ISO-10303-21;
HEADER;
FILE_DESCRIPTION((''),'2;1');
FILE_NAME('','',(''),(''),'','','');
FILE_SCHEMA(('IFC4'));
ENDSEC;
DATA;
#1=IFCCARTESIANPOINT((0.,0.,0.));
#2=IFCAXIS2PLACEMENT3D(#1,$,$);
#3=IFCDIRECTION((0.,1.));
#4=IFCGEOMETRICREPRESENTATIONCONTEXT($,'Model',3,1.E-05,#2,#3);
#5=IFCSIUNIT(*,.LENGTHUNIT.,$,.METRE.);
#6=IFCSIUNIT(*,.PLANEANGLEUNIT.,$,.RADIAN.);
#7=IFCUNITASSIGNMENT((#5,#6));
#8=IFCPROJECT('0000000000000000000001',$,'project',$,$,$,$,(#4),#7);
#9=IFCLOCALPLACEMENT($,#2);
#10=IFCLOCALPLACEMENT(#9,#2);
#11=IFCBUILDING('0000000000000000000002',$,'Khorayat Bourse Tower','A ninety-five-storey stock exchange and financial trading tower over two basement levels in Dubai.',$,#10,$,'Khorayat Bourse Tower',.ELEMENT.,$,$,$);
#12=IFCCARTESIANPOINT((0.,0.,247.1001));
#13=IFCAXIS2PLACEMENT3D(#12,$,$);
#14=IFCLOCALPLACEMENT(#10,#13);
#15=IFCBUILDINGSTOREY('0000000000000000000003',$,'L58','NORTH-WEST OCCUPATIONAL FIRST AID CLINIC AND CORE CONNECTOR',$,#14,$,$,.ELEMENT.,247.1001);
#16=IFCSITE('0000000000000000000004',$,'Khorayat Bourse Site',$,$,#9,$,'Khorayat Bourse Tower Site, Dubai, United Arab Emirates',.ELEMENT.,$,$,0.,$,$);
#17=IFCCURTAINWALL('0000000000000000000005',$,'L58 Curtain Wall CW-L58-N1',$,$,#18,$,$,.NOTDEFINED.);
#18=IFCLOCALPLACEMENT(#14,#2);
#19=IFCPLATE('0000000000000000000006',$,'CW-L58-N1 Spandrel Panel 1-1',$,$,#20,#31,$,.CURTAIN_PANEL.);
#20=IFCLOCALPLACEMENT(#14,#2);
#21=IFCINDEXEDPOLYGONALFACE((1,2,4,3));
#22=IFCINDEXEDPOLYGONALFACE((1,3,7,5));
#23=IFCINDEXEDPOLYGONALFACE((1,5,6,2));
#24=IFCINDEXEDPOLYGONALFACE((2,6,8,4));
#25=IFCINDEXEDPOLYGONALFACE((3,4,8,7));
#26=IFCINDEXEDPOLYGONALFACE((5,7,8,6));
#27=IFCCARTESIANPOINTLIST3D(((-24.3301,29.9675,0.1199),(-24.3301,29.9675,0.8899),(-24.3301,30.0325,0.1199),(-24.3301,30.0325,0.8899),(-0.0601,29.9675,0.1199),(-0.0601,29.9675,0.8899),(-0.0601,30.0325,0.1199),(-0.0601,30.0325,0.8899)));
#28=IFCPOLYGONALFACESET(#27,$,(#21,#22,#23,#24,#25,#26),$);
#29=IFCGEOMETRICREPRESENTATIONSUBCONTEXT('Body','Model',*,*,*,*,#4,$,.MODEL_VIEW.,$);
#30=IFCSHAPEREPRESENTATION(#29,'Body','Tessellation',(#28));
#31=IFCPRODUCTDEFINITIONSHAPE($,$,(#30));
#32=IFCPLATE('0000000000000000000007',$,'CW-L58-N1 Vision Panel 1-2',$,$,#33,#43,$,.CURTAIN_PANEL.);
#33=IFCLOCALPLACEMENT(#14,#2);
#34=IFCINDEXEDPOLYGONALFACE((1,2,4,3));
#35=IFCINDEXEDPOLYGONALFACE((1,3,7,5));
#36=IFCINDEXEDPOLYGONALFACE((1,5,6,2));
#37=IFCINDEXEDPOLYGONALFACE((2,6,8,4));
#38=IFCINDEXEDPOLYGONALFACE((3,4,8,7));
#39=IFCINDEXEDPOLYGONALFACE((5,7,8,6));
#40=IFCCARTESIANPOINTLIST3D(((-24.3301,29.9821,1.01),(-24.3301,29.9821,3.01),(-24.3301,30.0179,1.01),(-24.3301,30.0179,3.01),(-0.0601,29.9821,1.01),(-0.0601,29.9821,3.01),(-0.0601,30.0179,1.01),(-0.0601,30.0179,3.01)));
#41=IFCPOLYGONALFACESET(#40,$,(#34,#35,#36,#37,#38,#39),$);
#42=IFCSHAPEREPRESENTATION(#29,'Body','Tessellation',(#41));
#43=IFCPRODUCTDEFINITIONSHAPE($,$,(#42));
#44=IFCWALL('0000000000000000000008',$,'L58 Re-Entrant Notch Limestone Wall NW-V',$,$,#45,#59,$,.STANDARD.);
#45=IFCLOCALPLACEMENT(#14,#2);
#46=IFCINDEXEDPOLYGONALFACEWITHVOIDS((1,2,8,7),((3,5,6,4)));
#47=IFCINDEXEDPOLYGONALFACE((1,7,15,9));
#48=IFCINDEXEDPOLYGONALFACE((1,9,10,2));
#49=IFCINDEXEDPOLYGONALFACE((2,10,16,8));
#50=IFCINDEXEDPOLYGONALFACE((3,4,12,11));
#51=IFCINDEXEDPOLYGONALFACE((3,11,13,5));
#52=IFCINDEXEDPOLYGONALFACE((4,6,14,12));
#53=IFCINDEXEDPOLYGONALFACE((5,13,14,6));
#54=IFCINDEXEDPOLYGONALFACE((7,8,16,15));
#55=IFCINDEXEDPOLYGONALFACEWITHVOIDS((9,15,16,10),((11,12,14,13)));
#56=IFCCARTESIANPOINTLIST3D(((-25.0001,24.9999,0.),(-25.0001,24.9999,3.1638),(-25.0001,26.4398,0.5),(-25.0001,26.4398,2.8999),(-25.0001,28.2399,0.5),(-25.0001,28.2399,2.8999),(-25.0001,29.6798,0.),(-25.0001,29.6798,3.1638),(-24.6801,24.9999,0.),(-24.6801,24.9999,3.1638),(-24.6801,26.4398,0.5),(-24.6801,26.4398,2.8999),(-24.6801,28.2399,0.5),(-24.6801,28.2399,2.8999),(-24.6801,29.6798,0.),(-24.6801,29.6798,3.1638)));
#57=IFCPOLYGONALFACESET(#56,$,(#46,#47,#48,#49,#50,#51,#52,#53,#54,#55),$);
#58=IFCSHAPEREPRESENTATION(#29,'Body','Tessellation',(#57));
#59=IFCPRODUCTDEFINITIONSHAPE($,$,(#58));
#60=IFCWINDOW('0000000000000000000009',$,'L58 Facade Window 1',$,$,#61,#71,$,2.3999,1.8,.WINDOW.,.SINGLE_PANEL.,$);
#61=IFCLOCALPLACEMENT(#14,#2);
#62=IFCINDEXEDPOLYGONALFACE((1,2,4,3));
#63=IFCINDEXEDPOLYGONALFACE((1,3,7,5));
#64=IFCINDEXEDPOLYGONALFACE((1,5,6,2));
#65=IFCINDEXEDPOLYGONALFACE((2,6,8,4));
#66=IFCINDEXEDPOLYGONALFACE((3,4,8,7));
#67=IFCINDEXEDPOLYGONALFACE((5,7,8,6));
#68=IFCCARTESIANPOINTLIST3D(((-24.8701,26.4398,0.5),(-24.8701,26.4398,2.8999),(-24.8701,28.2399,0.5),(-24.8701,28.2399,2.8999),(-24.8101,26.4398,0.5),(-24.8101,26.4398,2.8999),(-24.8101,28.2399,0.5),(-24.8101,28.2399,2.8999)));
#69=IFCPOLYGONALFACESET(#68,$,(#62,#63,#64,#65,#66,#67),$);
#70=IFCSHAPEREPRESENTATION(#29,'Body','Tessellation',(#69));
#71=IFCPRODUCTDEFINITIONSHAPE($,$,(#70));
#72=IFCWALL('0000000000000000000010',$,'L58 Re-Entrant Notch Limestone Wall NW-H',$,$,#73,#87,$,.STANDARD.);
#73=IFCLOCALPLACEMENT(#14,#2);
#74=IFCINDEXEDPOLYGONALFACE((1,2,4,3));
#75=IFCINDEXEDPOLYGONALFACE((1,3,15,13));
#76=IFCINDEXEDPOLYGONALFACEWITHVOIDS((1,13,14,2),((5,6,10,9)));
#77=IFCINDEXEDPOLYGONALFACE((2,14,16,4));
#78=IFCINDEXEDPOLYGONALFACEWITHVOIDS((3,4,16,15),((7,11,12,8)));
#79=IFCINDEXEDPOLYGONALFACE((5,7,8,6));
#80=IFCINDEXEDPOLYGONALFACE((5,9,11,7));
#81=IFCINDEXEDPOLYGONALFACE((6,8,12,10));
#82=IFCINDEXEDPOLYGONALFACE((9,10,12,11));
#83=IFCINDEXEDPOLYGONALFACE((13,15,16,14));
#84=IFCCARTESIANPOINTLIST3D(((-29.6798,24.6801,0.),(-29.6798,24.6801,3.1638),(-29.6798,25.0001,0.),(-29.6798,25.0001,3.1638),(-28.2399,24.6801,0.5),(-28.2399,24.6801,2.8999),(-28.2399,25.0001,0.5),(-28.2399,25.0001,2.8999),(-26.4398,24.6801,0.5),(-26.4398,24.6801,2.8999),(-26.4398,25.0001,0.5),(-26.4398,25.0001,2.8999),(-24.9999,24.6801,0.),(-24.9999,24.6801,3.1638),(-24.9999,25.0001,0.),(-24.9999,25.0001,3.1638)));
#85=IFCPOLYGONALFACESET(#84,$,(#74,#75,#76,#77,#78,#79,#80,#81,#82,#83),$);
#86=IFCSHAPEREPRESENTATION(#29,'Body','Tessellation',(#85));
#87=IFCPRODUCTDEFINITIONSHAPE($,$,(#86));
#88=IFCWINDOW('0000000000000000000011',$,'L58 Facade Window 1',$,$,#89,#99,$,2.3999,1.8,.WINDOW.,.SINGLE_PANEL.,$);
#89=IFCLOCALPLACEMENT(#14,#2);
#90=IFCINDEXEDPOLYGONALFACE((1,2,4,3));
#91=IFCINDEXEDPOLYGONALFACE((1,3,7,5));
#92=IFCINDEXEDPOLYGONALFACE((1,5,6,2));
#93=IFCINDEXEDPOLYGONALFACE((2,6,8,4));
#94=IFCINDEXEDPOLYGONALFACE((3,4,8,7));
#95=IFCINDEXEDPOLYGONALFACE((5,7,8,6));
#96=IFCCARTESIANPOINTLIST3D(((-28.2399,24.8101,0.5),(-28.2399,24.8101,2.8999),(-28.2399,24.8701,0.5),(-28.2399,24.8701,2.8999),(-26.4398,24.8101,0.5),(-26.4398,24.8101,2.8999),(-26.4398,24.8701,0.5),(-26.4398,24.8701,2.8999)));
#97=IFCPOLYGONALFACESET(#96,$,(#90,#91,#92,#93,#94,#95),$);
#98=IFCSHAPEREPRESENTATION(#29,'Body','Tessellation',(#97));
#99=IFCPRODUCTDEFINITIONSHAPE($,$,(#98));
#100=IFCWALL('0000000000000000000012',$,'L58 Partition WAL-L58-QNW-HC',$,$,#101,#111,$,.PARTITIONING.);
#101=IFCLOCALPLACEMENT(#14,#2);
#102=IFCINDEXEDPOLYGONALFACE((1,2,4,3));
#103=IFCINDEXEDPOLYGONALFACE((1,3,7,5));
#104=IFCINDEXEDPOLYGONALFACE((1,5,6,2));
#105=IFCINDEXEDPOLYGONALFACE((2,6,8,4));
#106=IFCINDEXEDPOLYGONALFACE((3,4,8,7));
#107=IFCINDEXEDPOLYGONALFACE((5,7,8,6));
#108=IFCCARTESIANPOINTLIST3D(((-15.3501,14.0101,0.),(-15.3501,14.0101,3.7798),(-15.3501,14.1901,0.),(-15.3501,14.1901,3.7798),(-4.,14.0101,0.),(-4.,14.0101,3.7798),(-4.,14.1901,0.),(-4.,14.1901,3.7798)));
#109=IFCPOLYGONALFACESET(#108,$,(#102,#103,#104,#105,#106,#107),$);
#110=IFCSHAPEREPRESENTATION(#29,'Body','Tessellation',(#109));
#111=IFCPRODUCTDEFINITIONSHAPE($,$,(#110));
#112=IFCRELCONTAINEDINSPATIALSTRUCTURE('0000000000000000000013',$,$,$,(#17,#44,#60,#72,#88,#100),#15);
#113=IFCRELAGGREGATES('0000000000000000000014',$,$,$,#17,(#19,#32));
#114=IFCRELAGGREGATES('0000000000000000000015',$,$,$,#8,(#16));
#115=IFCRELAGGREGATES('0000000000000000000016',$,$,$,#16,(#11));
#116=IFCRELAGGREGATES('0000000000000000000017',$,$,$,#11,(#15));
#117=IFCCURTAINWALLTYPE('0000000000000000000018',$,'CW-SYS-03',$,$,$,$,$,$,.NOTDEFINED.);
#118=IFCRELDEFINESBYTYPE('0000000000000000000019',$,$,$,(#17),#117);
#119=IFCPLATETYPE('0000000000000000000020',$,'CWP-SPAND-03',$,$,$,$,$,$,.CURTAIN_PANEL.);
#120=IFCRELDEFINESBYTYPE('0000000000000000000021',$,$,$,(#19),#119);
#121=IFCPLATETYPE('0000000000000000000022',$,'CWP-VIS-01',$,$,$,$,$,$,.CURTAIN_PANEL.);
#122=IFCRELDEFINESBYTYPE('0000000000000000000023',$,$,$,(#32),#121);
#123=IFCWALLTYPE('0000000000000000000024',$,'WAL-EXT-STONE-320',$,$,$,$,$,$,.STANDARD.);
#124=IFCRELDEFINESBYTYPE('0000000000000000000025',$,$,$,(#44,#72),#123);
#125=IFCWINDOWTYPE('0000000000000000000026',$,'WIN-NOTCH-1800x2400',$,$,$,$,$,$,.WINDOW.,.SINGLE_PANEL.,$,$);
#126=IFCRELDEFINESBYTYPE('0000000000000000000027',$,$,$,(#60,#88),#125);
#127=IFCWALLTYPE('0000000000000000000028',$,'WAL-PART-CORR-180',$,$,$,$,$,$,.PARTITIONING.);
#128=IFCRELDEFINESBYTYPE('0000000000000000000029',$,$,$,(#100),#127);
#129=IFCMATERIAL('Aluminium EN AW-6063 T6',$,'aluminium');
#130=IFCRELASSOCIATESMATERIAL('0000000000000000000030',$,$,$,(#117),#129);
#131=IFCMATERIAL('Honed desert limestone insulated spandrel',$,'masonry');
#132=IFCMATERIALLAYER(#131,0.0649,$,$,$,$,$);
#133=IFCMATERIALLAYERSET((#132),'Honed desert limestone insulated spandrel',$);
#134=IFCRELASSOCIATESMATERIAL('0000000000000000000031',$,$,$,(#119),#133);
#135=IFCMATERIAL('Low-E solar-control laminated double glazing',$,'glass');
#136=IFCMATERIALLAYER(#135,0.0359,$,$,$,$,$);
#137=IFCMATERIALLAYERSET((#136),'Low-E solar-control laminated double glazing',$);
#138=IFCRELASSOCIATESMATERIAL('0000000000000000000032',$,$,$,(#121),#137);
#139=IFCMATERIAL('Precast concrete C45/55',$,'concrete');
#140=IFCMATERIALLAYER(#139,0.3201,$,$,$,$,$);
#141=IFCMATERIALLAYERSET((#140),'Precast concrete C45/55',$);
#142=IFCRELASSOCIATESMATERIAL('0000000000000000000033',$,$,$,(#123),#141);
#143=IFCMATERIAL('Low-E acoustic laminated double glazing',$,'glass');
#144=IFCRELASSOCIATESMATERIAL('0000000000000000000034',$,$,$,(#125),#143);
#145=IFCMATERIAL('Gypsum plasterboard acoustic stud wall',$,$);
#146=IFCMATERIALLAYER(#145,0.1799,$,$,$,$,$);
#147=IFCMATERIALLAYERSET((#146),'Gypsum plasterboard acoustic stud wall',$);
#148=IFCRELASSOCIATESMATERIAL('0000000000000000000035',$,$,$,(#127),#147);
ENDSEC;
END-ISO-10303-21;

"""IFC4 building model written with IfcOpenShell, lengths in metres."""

from ifc_helpers import new_model, si_unit, direction, frame, frame_2d, origin, origin_2d, place, context, subcontext, project, spatial, rectangle, extrude, source, transform, mapped, material, layer, layer_set, type_object, element, fill, aggregate, save


model = new_model("IFC4")

# Units and contexts
model_context = context("Model", 3, precision=1e-05, world=origin(), true_north=direction((0.0, 1.0)))
body_context = subcontext(model_context, "Body", "Model", "MODEL_VIEW")
ifc_project = project(units=[si_unit("LENGTHUNIT", "METRE"), si_unit("PLANEANGLEUNIT", "RADIAN")], contexts=[model_context])

# Site, building, storey
site_placement = place(None, origin())
site = spatial("IfcSite", under=ifc_project, at=site_placement, Name="Khorayat Bourse Site", LongName="Khorayat Bourse Tower Site, Dubai, United Arab Emirates", CompositionType="ELEMENT", RefElevation=0.0)
building_placement = place(site_placement, origin())
building = spatial("IfcBuilding", under=site, at=building_placement, Name="Khorayat Bourse Tower", Description="A ninety-five-storey stock exchange and financial trading tower over two basement levels in Dubai.", LongName="Khorayat Bourse Tower", CompositionType="ELEMENT")
storey_placement = place(building_placement, frame((0.0, 0.0, 247.1001)))
storey = spatial("IfcBuildingStorey", under=building, at=storey_placement, Name="L58", Description="NORTH-WEST OCCUPATIONAL FIRST AID CLINIC AND CORE CONNECTOR", CompositionType="ELEMENT", Elevation=247.1001)

# Curtain wall
ifc_material_1 = material(Name="Aluminium EN AW-6063 T6", Category="aluminium")
curtain_wall_type = type_object("IfcCurtainWallType", Name="CW-SYS-03", PredefinedType="NOTDEFINED", material=ifc_material_1)
curtain_wall_1_placement = place(storey_placement, origin())
curtain_wall_1 = element("IfcCurtainWall", 1, at=curtain_wall_1_placement, inside=storey, type_object=curtain_wall_type, Name="L58 Curtain Wall CW-L58-N1", PredefinedType="NOTDEFINED")

# Plates
ifc_material_2 = material(Name="Honed desert limestone insulated spandrel", Category="masonry")
ifc_layer_1 = layer(ifc_material_2, 0.0649)
ifc_layer_set_1 = layer_set([ifc_layer_1], Name="Honed desert limestone insulated spandrel")
plate_type_1 = type_object("IfcPlateType", Name="CWP-SPAND-03", PredefinedType="CURTAIN_PANEL", material=ifc_layer_set_1)
shared_shape_1 = source(origin(), body_context, "Body", "SweptSolid", [
    extrude(rectangle(XDim=24.27, YDim=0.0649, at=origin_2d()), origin(), (0.0, 0.0, 1.0), 0.77),
])
plate_1_placement = place(storey_placement, frame((-12.1951, 30.0, 0.1199), z_axis=(0.0, 0.0, 1.0), x_axis=(1.0, 0.0, 0.0)))
plate_1 = element("IfcPlate", 2, at=plate_1_placement, type_object=plate_type_1, Name="CW-L58-N1 Spandrel Panel 1-1", PredefinedType="CURTAIN_PANEL", context=body_context, shape_type="MappedRepresentation", body=[
    mapped(shared_shape_1, transform((0.0, 0.0, 0.0), scale=1.0)),
])
ifc_material_3 = material(Name="Low-E solar-control laminated double glazing", Category="glass")
ifc_layer_2 = layer(ifc_material_3, 0.0359)
ifc_layer_set_2 = layer_set([ifc_layer_2], Name="Low-E solar-control laminated double glazing")
plate_type_2 = type_object("IfcPlateType", Name="CWP-VIS-01", PredefinedType="CURTAIN_PANEL", material=ifc_layer_set_2)
shared_shape_2 = source(origin(), body_context, "Body", "SweptSolid", [
    extrude(rectangle(XDim=24.27, YDim=0.0359, at=origin_2d()), origin(), (0.0, 0.0, 1.0), 2.0),
])
plate_2_placement = place(storey_placement, frame((-12.1951, 30.0, 1.01), z_axis=(0.0, 0.0, 1.0), x_axis=(1.0, 0.0, 0.0)))
plate_2 = element("IfcPlate", 3, at=plate_2_placement, type_object=plate_type_2, Name="CW-L58-N1 Vision Panel 1-2", PredefinedType="CURTAIN_PANEL", context=body_context, shape_type="MappedRepresentation", body=[
    mapped(shared_shape_2, transform((0.0, 0.0, 0.0), scale=1.0)),
])
aggregate(curtain_wall_1, [plate_1, plate_2])

# Walls, openings, windows
ifc_material_4 = material(Name="Precast concrete C45/55", Category="concrete")
ifc_layer_3 = layer(ifc_material_4, 0.3201)
ifc_layer_set_3 = layer_set([ifc_layer_3], Name="Precast concrete C45/55")
wall_type_1 = type_object("IfcWallType", Name="WAL-EXT-STONE-320", PredefinedType="STANDARD", material=ifc_layer_set_3)
shared_shape_3 = source(origin(), body_context, "Body", "SweptSolid", [
    extrude(rectangle(XDim=4.6799, YDim=0.3201, at=frame_2d((2.3398, 0.0))), origin(), (0.0, 0.0, 1.0), 3.1638),
])
wall_1_placement = place(storey_placement, frame((-24.8401, 25.0, 0.0), z_axis=(0.0, 0.0, 1.0), x_axis=(0.0, 1.0, 0.0)))
wall_1 = element("IfcWall", 4, at=wall_1_placement, inside=storey, type_object=wall_type_1, Name="L58 Re-Entrant Notch Limestone Wall NW-V", PredefinedType="STANDARD", context=body_context, shape_type="MappedRepresentation", body=[
    mapped(shared_shape_3, transform((0.0, 0.0, 0.0), scale=1.0)),
])
shared_shape_4 = source(origin(), body_context, "Body", "SweptSolid", [
    extrude(rectangle(XDim=1.8, YDim=2.3999, at=frame_2d((0.8999, 1.2))), frame((0.0, 0.1699, 0.0), z_axis=(0.0, -1.0, 0.0), x_axis=(1.0, 0.0, 0.0)), (0.0, 0.0, 1.0), 0.3401),
])
opening_1_placement = place(wall_1_placement, frame((1.4399, 0.0, 0.5)))
opening_1 = element("IfcOpeningElement", 5, at=opening_1_placement, cuts=wall_1, PredefinedType="OPENING", context=body_context, shape_type="MappedRepresentation", body=[
    mapped(shared_shape_4, transform((0.0, 0.0, 0.0), scale=1.0)),
])
ifc_material_5 = material(Name="Low-E acoustic laminated double glazing", Category="glass")
window_type = type_object("IfcWindowType", Name="WIN-NOTCH-1800x2400", PartitioningType="SINGLE_PANEL", PredefinedType="WINDOW", material=ifc_material_5)
shared_shape_5 = source(origin(), body_context, "Body", "SweptSolid", [
    extrude(rectangle(XDim=1.8, YDim=2.3999, at=frame_2d((0.8999, 1.2))), frame((0.0, 0.03, 0.0), z_axis=(0.0, -1.0, 0.0), x_axis=(1.0, 0.0, 0.0)), (0.0, 0.0, 1.0), 0.0601),
])
window_1_placement = place(opening_1_placement, origin())
window_1 = element("IfcWindow", 6, at=window_1_placement, inside=storey, type_object=window_type, Name="L58 Facade Window 1", OverallHeight=2.3999, OverallWidth=1.8, PartitioningType="SINGLE_PANEL", PredefinedType="WINDOW", context=body_context, shape_type="MappedRepresentation", body=[
    mapped(shared_shape_5, transform((0.0, 0.0, 0.0), scale=1.0)),
])
fill(opening_1, window_1)
wall_2_placement = place(storey_placement, frame((-25.0, 24.8401, 0.0), z_axis=(0.0, 0.0, 1.0), x_axis=(-1.0, 0.0, 0.0)))
wall_2 = element("IfcWall", 7, at=wall_2_placement, inside=storey, type_object=wall_type_1, Name="L58 Re-Entrant Notch Limestone Wall NW-H", PredefinedType="STANDARD", context=body_context, shape_type="MappedRepresentation", body=[
    mapped(shared_shape_3, transform((0.0, 0.0, 0.0), scale=1.0)),
])
opening_2_placement = place(wall_2_placement, frame((1.4399, 0.0, 0.5)))
opening_2 = element("IfcOpeningElement", 8, at=opening_2_placement, cuts=wall_2, PredefinedType="OPENING", context=body_context, shape_type="MappedRepresentation", body=[
    mapped(shared_shape_4, transform((0.0, 0.0, 0.0), scale=1.0)),
])
window_2_placement = place(opening_2_placement, origin())
window_2 = element("IfcWindow", 9, at=window_2_placement, inside=storey, type_object=window_type, Name="L58 Facade Window 1", OverallHeight=2.3999, OverallWidth=1.8, PartitioningType="SINGLE_PANEL", PredefinedType="WINDOW", context=body_context, shape_type="MappedRepresentation", body=[
    mapped(shared_shape_5, transform((0.0, 0.0, 0.0), scale=1.0)),
])
fill(opening_2, window_2)

# Wall
ifc_material_6 = material(Name="Gypsum plasterboard acoustic stud wall")
ifc_layer_4 = layer(ifc_material_6, 0.1799)
ifc_layer_set_4 = layer_set([ifc_layer_4], Name="Gypsum plasterboard acoustic stud wall")
wall_type_2 = type_object("IfcWallType", Name="WAL-PART-CORR-180", PredefinedType="PARTITIONING", material=ifc_layer_set_4)
shared_shape_6 = source(origin(), body_context, "Body", "SweptSolid", [
    extrude(rectangle(XDim=11.3501, YDim=0.1799, at=frame_2d((5.675, 0.0))), origin(), (0.0, 0.0, 1.0), 3.7798),
])
wall_3_placement = place(storey_placement, frame((-15.3501, 14.1001, 0.0), z_axis=(0.0, 0.0, 1.0), x_axis=(1.0, 0.0, 0.0)))
element("IfcWall", 10, at=wall_3_placement, inside=storey, type_object=wall_type_2, Name="L58 Partition WAL-L58-QNW-HC", PredefinedType="PARTITIONING", context=body_context, shape_type="MappedRepresentation", body=[
    mapped(shared_shape_6, transform((0.0, 0.0, 0.0), scale=1.0)),
])

save(model, "model.ifc")
